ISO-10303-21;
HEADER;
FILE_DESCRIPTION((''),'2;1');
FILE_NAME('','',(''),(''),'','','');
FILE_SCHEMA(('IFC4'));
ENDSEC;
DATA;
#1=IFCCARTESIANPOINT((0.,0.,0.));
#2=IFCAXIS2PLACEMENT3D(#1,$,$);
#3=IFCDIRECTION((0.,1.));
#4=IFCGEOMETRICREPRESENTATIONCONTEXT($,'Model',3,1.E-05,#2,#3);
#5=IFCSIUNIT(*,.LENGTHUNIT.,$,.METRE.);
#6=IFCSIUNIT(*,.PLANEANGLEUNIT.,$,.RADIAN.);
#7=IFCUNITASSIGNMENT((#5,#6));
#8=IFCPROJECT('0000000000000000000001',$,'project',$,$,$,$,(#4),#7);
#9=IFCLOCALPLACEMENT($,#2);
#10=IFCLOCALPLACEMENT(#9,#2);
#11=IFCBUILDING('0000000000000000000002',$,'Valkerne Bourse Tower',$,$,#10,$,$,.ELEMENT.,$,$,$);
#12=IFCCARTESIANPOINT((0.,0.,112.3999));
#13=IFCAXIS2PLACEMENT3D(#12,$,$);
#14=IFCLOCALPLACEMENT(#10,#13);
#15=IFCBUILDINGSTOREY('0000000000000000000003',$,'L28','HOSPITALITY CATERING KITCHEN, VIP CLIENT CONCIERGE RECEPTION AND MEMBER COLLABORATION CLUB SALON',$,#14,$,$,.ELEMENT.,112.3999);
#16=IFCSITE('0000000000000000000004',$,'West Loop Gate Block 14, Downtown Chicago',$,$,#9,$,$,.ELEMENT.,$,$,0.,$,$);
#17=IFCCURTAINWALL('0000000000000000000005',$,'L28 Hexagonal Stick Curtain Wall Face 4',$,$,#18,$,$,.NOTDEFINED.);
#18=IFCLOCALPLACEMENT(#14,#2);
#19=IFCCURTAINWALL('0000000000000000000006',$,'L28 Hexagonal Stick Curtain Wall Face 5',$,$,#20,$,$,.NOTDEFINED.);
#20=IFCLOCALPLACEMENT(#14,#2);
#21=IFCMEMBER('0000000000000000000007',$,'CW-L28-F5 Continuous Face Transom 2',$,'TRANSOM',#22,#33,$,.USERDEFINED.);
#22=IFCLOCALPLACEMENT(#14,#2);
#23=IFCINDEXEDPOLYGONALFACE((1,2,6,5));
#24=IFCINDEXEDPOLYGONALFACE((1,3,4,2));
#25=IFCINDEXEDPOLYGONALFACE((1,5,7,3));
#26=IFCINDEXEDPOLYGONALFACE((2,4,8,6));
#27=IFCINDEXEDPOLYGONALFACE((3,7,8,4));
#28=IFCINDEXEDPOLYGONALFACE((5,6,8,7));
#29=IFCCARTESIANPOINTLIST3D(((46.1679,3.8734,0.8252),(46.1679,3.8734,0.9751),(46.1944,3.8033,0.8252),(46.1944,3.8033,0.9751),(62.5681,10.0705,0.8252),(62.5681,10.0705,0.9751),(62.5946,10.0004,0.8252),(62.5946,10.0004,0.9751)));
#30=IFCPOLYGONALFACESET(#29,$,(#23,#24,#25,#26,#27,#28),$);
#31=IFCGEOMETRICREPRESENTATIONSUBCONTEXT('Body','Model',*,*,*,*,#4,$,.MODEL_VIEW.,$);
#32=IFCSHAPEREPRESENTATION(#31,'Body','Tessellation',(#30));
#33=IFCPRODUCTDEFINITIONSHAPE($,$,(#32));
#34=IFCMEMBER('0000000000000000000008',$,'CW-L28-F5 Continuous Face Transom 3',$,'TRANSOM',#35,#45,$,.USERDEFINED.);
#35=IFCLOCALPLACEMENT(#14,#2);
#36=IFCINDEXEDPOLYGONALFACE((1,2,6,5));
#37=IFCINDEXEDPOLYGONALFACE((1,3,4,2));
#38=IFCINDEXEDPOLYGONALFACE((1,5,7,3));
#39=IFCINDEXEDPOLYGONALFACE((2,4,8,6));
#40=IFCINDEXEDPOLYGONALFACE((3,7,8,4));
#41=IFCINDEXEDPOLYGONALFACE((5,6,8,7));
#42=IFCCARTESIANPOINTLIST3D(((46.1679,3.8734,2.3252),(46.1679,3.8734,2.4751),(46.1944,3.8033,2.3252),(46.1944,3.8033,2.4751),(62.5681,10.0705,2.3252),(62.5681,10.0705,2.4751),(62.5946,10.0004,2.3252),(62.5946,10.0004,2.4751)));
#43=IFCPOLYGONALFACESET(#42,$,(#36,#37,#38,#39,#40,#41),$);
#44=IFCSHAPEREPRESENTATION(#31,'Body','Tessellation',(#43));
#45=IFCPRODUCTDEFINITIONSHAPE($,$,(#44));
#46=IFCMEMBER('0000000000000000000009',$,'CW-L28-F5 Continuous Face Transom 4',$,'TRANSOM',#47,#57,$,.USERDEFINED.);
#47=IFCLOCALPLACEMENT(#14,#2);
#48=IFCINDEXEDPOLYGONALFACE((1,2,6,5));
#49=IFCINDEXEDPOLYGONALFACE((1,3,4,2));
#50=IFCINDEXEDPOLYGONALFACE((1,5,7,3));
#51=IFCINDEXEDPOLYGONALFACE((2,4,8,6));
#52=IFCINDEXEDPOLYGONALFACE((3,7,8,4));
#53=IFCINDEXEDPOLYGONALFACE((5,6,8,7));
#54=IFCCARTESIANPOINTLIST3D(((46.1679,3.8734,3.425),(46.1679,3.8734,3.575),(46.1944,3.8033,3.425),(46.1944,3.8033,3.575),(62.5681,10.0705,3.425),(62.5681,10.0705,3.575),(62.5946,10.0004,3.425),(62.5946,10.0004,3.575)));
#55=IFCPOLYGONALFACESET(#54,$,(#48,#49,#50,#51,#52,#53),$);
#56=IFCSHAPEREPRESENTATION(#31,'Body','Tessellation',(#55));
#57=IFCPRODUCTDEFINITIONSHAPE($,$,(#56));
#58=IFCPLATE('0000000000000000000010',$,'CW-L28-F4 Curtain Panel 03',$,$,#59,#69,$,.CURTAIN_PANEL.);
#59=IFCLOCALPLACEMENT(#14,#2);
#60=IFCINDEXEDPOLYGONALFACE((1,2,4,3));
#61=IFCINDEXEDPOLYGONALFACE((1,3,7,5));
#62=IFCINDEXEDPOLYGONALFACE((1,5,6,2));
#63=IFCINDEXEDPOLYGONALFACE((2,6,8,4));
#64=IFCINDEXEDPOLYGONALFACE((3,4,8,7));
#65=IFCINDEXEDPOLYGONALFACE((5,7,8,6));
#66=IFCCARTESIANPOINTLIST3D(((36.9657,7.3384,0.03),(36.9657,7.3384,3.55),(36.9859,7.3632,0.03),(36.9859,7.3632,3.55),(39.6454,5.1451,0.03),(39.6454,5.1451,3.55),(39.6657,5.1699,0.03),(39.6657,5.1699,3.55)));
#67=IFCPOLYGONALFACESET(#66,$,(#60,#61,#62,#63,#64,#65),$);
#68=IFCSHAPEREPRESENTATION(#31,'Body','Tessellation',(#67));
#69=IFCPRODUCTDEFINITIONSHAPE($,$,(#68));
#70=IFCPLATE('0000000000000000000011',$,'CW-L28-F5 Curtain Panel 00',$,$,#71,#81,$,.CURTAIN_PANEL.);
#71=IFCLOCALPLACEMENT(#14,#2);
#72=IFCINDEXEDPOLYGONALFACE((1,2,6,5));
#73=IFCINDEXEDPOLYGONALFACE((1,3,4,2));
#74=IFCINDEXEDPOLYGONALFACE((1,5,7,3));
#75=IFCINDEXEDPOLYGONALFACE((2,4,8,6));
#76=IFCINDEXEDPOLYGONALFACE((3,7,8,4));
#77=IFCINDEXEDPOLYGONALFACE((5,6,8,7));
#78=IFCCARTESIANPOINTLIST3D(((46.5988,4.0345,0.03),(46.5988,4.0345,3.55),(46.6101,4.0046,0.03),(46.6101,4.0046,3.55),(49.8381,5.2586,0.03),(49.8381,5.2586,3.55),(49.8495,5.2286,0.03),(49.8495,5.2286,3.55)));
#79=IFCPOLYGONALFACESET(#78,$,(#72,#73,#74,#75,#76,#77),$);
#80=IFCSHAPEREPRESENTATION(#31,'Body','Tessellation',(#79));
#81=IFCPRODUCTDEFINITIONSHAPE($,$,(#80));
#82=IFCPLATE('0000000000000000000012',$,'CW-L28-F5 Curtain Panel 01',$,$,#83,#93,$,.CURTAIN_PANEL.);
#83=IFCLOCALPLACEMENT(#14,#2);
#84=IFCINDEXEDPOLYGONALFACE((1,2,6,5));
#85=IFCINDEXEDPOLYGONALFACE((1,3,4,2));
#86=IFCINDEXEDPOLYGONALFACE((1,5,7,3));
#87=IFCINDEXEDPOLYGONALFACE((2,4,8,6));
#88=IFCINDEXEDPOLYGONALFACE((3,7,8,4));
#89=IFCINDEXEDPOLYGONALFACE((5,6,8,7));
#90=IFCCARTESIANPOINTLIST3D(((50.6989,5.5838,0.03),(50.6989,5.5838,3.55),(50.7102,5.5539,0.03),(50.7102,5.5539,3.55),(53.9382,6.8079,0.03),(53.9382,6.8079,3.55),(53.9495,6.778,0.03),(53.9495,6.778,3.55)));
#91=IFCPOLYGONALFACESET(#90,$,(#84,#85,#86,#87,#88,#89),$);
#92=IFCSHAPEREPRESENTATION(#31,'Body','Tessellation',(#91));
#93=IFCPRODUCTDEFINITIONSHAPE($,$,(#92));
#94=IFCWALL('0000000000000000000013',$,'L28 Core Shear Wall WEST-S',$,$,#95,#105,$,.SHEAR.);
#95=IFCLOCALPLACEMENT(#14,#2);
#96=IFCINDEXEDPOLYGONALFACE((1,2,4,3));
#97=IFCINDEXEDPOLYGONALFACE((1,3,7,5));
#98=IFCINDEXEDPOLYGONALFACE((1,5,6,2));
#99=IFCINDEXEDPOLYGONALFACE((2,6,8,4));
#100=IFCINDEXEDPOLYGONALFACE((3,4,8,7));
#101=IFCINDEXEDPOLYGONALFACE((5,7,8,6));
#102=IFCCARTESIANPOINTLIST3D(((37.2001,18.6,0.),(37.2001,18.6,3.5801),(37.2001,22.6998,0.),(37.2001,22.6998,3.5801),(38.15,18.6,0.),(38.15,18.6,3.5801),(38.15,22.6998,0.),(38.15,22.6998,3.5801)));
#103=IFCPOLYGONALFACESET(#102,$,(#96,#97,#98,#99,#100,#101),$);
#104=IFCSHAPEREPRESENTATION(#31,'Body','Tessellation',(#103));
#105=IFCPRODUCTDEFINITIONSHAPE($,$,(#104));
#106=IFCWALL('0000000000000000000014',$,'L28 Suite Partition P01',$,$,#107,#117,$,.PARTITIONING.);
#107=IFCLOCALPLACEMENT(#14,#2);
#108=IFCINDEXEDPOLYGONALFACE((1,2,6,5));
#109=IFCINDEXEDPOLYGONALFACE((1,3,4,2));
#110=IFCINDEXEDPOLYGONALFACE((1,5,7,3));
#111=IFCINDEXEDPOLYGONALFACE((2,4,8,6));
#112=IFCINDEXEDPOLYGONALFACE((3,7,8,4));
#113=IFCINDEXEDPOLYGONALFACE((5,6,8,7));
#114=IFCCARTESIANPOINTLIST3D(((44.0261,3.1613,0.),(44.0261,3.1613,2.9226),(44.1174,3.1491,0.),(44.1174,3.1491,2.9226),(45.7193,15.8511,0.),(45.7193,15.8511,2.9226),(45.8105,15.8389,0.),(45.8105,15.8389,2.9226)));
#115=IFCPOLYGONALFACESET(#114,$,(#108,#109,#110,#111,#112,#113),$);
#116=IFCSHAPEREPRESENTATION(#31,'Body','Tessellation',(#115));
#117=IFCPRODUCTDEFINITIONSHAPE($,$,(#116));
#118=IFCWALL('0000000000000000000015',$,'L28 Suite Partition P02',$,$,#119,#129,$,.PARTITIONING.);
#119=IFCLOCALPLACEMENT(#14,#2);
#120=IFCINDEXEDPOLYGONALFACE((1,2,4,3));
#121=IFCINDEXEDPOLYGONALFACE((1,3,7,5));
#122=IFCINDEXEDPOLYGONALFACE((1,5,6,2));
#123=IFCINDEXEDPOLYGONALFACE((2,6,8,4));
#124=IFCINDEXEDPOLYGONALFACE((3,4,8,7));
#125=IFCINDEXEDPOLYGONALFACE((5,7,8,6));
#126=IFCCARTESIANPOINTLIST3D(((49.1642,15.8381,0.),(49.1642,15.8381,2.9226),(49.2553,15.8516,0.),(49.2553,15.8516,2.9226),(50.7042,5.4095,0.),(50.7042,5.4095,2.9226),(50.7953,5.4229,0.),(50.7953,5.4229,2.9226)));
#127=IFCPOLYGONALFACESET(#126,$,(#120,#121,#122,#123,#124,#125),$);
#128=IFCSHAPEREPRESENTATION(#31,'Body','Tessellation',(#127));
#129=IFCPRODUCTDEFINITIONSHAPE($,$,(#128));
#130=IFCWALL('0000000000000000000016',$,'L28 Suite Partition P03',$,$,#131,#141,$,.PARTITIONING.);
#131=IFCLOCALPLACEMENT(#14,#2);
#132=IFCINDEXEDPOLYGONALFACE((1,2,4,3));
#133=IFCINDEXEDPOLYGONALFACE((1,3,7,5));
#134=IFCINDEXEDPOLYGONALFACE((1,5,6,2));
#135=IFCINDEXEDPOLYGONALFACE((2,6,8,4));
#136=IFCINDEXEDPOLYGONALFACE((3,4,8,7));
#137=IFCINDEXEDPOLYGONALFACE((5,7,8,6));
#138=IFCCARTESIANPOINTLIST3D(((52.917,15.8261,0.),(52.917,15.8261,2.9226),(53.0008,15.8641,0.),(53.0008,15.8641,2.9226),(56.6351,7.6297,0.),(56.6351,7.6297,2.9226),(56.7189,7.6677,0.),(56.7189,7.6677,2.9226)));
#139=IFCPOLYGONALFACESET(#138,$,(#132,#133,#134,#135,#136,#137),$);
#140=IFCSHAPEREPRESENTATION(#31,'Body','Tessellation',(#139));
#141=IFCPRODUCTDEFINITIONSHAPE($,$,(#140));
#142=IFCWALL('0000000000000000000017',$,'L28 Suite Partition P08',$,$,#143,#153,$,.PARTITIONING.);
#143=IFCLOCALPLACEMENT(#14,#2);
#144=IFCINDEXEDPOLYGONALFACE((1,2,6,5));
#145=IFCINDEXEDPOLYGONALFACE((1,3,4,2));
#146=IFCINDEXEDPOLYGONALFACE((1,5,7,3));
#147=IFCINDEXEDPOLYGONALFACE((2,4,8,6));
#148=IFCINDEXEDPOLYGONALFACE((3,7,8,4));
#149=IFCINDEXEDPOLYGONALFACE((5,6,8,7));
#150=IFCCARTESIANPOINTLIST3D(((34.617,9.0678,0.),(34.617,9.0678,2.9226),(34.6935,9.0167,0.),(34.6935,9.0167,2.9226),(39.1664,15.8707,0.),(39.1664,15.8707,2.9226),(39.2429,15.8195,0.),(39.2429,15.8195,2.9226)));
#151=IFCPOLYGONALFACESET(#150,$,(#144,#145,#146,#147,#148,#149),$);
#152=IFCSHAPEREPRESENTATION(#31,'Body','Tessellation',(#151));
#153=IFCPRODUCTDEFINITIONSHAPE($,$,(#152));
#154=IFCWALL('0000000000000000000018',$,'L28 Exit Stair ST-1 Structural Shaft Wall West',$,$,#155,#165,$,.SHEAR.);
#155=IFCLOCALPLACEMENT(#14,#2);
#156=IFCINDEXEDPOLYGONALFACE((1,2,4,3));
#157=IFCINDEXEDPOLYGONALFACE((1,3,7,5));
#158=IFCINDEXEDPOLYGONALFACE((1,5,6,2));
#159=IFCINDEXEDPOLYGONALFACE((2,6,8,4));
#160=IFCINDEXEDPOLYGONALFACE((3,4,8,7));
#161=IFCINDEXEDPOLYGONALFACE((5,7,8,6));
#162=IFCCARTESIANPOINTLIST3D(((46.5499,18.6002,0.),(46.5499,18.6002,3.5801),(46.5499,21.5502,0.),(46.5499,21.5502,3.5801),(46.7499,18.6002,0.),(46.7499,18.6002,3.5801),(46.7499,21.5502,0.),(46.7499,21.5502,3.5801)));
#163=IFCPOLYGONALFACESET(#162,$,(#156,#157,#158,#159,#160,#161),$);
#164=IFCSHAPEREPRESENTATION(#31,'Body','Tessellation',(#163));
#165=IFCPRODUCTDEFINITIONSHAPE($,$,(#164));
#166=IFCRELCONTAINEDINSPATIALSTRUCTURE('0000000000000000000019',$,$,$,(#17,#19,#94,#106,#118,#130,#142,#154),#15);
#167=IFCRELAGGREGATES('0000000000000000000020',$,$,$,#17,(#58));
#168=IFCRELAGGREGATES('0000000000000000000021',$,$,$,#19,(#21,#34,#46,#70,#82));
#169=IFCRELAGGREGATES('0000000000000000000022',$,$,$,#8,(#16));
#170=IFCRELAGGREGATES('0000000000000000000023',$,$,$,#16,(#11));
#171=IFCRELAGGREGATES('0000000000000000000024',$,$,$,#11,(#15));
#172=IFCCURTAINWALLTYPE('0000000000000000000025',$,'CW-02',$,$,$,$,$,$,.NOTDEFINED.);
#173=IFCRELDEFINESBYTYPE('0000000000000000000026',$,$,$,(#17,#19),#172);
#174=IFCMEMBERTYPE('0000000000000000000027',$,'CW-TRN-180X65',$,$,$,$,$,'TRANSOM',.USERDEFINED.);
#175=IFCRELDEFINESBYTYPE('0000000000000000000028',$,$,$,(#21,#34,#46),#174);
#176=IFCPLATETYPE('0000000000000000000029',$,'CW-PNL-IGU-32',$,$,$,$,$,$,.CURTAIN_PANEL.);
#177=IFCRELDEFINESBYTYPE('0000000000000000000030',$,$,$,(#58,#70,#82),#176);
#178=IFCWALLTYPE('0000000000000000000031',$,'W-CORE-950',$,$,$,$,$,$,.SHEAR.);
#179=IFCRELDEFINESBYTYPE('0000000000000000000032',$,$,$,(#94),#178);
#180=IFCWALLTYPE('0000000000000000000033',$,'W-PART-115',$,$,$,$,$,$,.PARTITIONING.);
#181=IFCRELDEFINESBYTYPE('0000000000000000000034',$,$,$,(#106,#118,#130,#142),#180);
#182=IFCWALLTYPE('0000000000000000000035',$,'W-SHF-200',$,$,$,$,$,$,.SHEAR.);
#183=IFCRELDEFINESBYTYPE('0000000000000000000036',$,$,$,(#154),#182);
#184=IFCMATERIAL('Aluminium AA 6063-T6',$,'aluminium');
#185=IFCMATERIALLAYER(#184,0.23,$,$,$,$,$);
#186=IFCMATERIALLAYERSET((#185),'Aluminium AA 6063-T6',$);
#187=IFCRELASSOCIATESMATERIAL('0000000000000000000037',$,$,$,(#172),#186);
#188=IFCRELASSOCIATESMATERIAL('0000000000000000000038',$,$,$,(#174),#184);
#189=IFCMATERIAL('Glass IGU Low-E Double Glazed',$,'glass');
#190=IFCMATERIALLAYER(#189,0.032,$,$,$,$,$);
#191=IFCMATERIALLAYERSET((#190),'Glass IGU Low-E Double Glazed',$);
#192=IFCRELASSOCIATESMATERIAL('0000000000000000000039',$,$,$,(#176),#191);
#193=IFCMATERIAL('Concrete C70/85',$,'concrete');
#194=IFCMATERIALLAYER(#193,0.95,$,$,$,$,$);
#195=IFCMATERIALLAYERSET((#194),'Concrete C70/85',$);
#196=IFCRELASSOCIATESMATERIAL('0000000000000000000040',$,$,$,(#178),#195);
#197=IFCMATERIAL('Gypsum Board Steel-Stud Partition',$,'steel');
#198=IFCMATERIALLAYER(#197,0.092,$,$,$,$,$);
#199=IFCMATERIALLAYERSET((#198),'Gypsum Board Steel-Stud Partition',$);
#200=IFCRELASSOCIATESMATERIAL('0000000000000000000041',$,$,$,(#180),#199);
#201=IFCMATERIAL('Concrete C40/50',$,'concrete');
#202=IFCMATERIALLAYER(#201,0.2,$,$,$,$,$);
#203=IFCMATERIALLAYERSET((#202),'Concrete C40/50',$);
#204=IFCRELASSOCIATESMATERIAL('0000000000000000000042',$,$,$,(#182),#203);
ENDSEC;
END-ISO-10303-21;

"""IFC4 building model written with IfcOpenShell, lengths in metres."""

from ifc_helpers import new_model, si_unit, direction, frame, frame_2d, origin, origin_2d, place, context, subcontext, project, spatial, rectangle, extrude, material, layer, layer_set, material_profile, profile_set, type_object, element, aggregate, save


model = new_model("IFC4")

# Units and contexts
model_context = context("Model", 3, precision=1e-05, world=origin(), true_north=direction((0.0, 1.0)))
body_context = subcontext(model_context, "Body", "Model", "MODEL_VIEW")
ifc_project = project(units=[si_unit("LENGTHUNIT", "METRE"), si_unit("PLANEANGLEUNIT", "RADIAN")], contexts=[model_context])

# Site, building, storey
site_placement = place(None, origin())
site = spatial("IfcSite", under=ifc_project, at=site_placement, Name="West Loop Gate Block 14, Downtown Chicago", CompositionType="ELEMENT", RefElevation=0.0)
building_placement = place(site_placement, origin())
building = spatial("IfcBuilding", under=site, at=building_placement, Name="Valkerne Bourse Tower", CompositionType="ELEMENT")
storey_placement = place(building_placement, frame((0.0, 0.0, 112.3999)))
storey = spatial("IfcBuildingStorey", under=building, at=storey_placement, Name="L28", Description="HOSPITALITY CATERING KITCHEN, VIP CLIENT CONCIERGE RECEPTION AND MEMBER COLLABORATION CLUB SALON", CompositionType="ELEMENT", Elevation=112.3999)

# Curtain wall
ifc_material_1 = material(Name="Aluminium AA 6063-T6", Category="aluminium")
ifc_layer_1 = layer(ifc_material_1, 0.23)
ifc_layer_set_1 = layer_set([ifc_layer_1], Name="Aluminium AA 6063-T6")
curtain_wall_type = type_object("IfcCurtainWallType", Name="CW-02", PredefinedType="NOTDEFINED", material=ifc_layer_set_1)
curtain_wall_1_placement = place(storey_placement, origin())
curtain_wall_1 = element("IfcCurtainWall", 1, at=curtain_wall_1_placement, inside=storey, type_object=curtain_wall_type, Name="L28 Hexagonal Stick Curtain Wall Face 4", PredefinedType="NOTDEFINED")

# Curtain wall, members
curtain_wall_2_placement = place(storey_placement, origin())
curtain_wall_2 = element("IfcCurtainWall", 2, at=curtain_wall_2_placement, inside=storey, type_object=curtain_wall_type, Name="L28 Hexagonal Stick Curtain Wall Face 5", PredefinedType="NOTDEFINED")
ifc_material_profile_1 = material_profile(ifc_material_1, rectangle(XDim=0.075, YDim=0.1499, at=origin_2d()), Name="CWT-75X150")
ifc_profile_set_1 = profile_set([ifc_material_profile_1], Name="Aluminium AA 6063-T6")
member_type_1 = type_object("IfcMemberType", Name="CW-TRN-180X65", ElementType="TRANSOM", PredefinedType="USERDEFINED", material=ifc_profile_set_1)
member_1_placement = place(storey_placement, frame((46.1812, 3.8384, 0.9001), z_axis=(0.935445, 0.353471, 0.0), x_axis=(-0.353471, 0.935445, 0.0)))
member_1 = element("IfcMember", 3, at=member_1_placement, type_object=member_type_1, Name="CW-L28-F5 Continuous Face Transom 2", ObjectType="TRANSOM", PredefinedType="USERDEFINED", context=body_context, shape_type="SweptSolid", body=[
    extrude(rectangle(XDim=0.075, YDim=0.1499, at=origin_2d()), origin(), (0.0, 0.0, 1.0), 17.532),
])
member_2_placement = place(storey_placement, frame((46.1812, 3.8384, 2.4001), z_axis=(0.935445, 0.353471, 0.0), x_axis=(-0.353471, 0.935445, 0.0)))
member_2 = element("IfcMember", 4, at=member_2_placement, type_object=member_type_1, Name="CW-L28-F5 Continuous Face Transom 3", ObjectType="TRANSOM", PredefinedType="USERDEFINED", context=body_context, shape_type="SweptSolid", body=[
    extrude(rectangle(XDim=0.075, YDim=0.1499, at=origin_2d()), origin(), (0.0, 0.0, 1.0), 17.532),
])
member_3_placement = place(storey_placement, frame((46.1812, 3.8384, 3.5), z_axis=(0.935445, 0.353471, 0.0), x_axis=(-0.353471, 0.935445, 0.0)))
member_3 = element("IfcMember", 5, at=member_3_placement, type_object=member_type_1, Name="CW-L28-F5 Continuous Face Transom 4", ObjectType="TRANSOM", PredefinedType="USERDEFINED", context=body_context, shape_type="SweptSolid", body=[
    extrude(rectangle(XDim=0.075, YDim=0.1499, at=origin_2d()), origin(), (0.0, 0.0, 1.0), 17.532),
])

# Plates
ifc_material_2 = material(Name="Glass IGU Low-E Double Glazed", Category="glass")
ifc_layer_2 = layer(ifc_material_2, 0.032)
ifc_layer_set_2 = layer_set([ifc_layer_2], Name="Glass IGU Low-E Double Glazed")
plate_type = type_object("IfcPlateType", Name="CW-PNL-IGU-32", PredefinedType="CURTAIN_PANEL", material=ifc_layer_set_2)
plate_1_placement = place(storey_placement, frame((38.3157, 6.2542, 0.03), z_axis=(0.0, 0.0, 1.0), x_axis=(0.773837, -0.633384, 0.0)))
plate_1 = element("IfcPlate", 6, at=plate_1_placement, type_object=plate_type, Name="CW-L28-F4 Curtain Panel 03", PredefinedType="CURTAIN_PANEL", context=body_context, shape_type="SweptSolid", body=[
    extrude(rectangle(XDim=3.4629, YDim=0.032, at=origin_2d()), origin(), (0.0, 0.0, 1.0), 3.52),
])
aggregate(curtain_wall_1, [plate_1])
plate_2_placement = place(storey_placement, frame((48.2241, 4.6316, 0.03), z_axis=(0.0, 0.0, 1.0), x_axis=(0.935449, 0.353463, 0.0)))
plate_2 = element("IfcPlate", 7, at=plate_2_placement, type_object=plate_type, Name="CW-L28-F5 Curtain Panel 00", PredefinedType="CURTAIN_PANEL", context=body_context, shape_type="SweptSolid", body=[
    extrude(rectangle(XDim=3.4629, YDim=0.032, at=origin_2d()), origin(), (0.0, 0.0, 1.0), 3.52),
])
plate_3_placement = place(storey_placement, frame((52.3242, 6.1809, 0.03), z_axis=(0.0, 0.0, 1.0), x_axis=(0.935444, 0.353475, 0.0)))
plate_3 = element("IfcPlate", 8, at=plate_3_placement, type_object=plate_type, Name="CW-L28-F5 Curtain Panel 01", PredefinedType="CURTAIN_PANEL", context=body_context, shape_type="SweptSolid", body=[
    extrude(rectangle(XDim=3.4629, YDim=0.032, at=origin_2d()), origin(), (0.0, 0.0, 1.0), 3.52),
])
aggregate(curtain_wall_2, [member_1, member_2, member_3, plate_2, plate_3])

# Walls
ifc_material_3 = material(Name="Concrete C70/85", Category="concrete")
ifc_layer_3 = layer(ifc_material_3, 0.95)
ifc_layer_set_3 = layer_set([ifc_layer_3], Name="Concrete C70/85")
wall_type_1 = type_object("IfcWallType", Name="W-CORE-950", PredefinedType="SHEAR", material=ifc_layer_set_3)
wall_1_placement = place(storey_placement, frame((37.675, 18.6001, 0.0), z_axis=(0.0, 0.0, 1.0), x_axis=(0.0, 1.0, 0.0)))
element("IfcWall", 9, at=wall_1_placement, inside=storey, type_object=wall_type_1, Name="L28 Core Shear Wall WEST-S", PredefinedType="SHEAR", context=body_context, shape_type="SweptSolid", body=[
    extrude(rectangle(XDim=4.0999, YDim=0.95, at=frame_2d((2.0498, 0.0))), origin(), (0.0, 0.0, 1.0), 3.5801),
])
ifc_material_4 = material(Name="Gypsum Board Steel-Stud Partition", Category="steel")
ifc_layer_4 = layer(ifc_material_4, 0.092)
ifc_layer_set_4 = layer_set([ifc_layer_4], Name="Gypsum Board Steel-Stud Partition")
wall_type_2 = type_object("IfcWallType", Name="W-PART-115", PredefinedType="PARTITIONING", material=ifc_layer_set_4)
wall_2_placement = place(storey_placement, frame((45.7649, 15.845, 0.0), z_axis=(0.0, 0.0, 1.0), x_axis=(-0.132252, -0.991216, 0.0)))
element("IfcWall", 10, at=wall_2_placement, inside=storey, type_object=wall_type_2, Name="L28 Suite Partition P01", PredefinedType="PARTITIONING", context=body_context, shape_type="SweptSolid", body=[
    extrude(rectangle(XDim=12.8022, YDim=0.092, at=frame_2d((6.4011, 0.0))), origin(), (0.0, 0.0, 1.0), 2.9226),
])
wall_3_placement = place(storey_placement, frame((49.2097, 15.845, 0.0), z_axis=(0.0, 0.0, 1.0), x_axis=(0.146089, -0.989271, 0.0)))
element("IfcWall", 11, at=wall_3_placement, inside=storey, type_object=wall_type_2, Name="L28 Suite Partition P02", PredefinedType="PARTITIONING", context=body_context, shape_type="SweptSolid", body=[
    extrude(rectangle(XDim=10.5417, YDim=0.092, at=frame_2d((5.271, 0.0))), origin(), (0.0, 0.0, 1.0), 2.9226),
])
wall_4_placement = place(storey_placement, frame((52.959, 15.845, 0.0), z_axis=(0.0, 0.0, 1.0), x_axis=(0.413106, -0.910683, 0.0)))
element("IfcWall", 12, at=wall_4_placement, inside=storey, type_object=wall_type_2, Name="L28 Suite Partition P03", PredefinedType="PARTITIONING", context=body_context, shape_type="SweptSolid", body=[
    extrude(rectangle(XDim=9.0002, YDim=0.092, at=frame_2d((4.5, 0.0))), origin(), (0.0, 0.0, 1.0), 2.9226),
])
wall_5_placement = place(storey_placement, frame((39.2046, 15.845, 0.0), z_axis=(0.0, 0.0, 1.0), x_axis=(-0.555898, -0.831251, 0.0)))
element("IfcWall", 13, at=wall_5_placement, inside=storey, type_object=wall_type_2, Name="L28 Suite Partition P08", PredefinedType="PARTITIONING", context=body_context, shape_type="SweptSolid", body=[
    extrude(rectangle(XDim=8.1838, YDim=0.092, at=frame_2d((4.0918, 0.0))), origin(), (0.0, 0.0, 1.0), 2.9226),
])
ifc_material_5 = material(Name="Concrete C40/50", Category="concrete")
ifc_layer_5 = layer(ifc_material_5, 0.2)
ifc_layer_set_5 = layer_set([ifc_layer_5], Name="Concrete C40/50")
wall_type_3 = type_object("IfcWallType", Name="W-SHF-200", PredefinedType="SHEAR", material=ifc_layer_set_5)
wall_6_placement = place(storey_placement, frame((46.6499, 18.6001, 0.0), z_axis=(0.0, 0.0, 1.0), x_axis=(0.0, 1.0, 0.0)))
element("IfcWall", 14, at=wall_6_placement, inside=storey, type_object=wall_type_3, Name="L28 Exit Stair ST-1 Structural Shaft Wall West", PredefinedType="SHEAR", context=body_context, shape_type="SweptSolid", body=[
    extrude(rectangle(XDim=2.95, YDim=0.2, at=frame_2d((1.4751, 0.0))), origin(), (0.0, 0.0, 1.0), 3.5801),
])

save(model, "model.ifc")
